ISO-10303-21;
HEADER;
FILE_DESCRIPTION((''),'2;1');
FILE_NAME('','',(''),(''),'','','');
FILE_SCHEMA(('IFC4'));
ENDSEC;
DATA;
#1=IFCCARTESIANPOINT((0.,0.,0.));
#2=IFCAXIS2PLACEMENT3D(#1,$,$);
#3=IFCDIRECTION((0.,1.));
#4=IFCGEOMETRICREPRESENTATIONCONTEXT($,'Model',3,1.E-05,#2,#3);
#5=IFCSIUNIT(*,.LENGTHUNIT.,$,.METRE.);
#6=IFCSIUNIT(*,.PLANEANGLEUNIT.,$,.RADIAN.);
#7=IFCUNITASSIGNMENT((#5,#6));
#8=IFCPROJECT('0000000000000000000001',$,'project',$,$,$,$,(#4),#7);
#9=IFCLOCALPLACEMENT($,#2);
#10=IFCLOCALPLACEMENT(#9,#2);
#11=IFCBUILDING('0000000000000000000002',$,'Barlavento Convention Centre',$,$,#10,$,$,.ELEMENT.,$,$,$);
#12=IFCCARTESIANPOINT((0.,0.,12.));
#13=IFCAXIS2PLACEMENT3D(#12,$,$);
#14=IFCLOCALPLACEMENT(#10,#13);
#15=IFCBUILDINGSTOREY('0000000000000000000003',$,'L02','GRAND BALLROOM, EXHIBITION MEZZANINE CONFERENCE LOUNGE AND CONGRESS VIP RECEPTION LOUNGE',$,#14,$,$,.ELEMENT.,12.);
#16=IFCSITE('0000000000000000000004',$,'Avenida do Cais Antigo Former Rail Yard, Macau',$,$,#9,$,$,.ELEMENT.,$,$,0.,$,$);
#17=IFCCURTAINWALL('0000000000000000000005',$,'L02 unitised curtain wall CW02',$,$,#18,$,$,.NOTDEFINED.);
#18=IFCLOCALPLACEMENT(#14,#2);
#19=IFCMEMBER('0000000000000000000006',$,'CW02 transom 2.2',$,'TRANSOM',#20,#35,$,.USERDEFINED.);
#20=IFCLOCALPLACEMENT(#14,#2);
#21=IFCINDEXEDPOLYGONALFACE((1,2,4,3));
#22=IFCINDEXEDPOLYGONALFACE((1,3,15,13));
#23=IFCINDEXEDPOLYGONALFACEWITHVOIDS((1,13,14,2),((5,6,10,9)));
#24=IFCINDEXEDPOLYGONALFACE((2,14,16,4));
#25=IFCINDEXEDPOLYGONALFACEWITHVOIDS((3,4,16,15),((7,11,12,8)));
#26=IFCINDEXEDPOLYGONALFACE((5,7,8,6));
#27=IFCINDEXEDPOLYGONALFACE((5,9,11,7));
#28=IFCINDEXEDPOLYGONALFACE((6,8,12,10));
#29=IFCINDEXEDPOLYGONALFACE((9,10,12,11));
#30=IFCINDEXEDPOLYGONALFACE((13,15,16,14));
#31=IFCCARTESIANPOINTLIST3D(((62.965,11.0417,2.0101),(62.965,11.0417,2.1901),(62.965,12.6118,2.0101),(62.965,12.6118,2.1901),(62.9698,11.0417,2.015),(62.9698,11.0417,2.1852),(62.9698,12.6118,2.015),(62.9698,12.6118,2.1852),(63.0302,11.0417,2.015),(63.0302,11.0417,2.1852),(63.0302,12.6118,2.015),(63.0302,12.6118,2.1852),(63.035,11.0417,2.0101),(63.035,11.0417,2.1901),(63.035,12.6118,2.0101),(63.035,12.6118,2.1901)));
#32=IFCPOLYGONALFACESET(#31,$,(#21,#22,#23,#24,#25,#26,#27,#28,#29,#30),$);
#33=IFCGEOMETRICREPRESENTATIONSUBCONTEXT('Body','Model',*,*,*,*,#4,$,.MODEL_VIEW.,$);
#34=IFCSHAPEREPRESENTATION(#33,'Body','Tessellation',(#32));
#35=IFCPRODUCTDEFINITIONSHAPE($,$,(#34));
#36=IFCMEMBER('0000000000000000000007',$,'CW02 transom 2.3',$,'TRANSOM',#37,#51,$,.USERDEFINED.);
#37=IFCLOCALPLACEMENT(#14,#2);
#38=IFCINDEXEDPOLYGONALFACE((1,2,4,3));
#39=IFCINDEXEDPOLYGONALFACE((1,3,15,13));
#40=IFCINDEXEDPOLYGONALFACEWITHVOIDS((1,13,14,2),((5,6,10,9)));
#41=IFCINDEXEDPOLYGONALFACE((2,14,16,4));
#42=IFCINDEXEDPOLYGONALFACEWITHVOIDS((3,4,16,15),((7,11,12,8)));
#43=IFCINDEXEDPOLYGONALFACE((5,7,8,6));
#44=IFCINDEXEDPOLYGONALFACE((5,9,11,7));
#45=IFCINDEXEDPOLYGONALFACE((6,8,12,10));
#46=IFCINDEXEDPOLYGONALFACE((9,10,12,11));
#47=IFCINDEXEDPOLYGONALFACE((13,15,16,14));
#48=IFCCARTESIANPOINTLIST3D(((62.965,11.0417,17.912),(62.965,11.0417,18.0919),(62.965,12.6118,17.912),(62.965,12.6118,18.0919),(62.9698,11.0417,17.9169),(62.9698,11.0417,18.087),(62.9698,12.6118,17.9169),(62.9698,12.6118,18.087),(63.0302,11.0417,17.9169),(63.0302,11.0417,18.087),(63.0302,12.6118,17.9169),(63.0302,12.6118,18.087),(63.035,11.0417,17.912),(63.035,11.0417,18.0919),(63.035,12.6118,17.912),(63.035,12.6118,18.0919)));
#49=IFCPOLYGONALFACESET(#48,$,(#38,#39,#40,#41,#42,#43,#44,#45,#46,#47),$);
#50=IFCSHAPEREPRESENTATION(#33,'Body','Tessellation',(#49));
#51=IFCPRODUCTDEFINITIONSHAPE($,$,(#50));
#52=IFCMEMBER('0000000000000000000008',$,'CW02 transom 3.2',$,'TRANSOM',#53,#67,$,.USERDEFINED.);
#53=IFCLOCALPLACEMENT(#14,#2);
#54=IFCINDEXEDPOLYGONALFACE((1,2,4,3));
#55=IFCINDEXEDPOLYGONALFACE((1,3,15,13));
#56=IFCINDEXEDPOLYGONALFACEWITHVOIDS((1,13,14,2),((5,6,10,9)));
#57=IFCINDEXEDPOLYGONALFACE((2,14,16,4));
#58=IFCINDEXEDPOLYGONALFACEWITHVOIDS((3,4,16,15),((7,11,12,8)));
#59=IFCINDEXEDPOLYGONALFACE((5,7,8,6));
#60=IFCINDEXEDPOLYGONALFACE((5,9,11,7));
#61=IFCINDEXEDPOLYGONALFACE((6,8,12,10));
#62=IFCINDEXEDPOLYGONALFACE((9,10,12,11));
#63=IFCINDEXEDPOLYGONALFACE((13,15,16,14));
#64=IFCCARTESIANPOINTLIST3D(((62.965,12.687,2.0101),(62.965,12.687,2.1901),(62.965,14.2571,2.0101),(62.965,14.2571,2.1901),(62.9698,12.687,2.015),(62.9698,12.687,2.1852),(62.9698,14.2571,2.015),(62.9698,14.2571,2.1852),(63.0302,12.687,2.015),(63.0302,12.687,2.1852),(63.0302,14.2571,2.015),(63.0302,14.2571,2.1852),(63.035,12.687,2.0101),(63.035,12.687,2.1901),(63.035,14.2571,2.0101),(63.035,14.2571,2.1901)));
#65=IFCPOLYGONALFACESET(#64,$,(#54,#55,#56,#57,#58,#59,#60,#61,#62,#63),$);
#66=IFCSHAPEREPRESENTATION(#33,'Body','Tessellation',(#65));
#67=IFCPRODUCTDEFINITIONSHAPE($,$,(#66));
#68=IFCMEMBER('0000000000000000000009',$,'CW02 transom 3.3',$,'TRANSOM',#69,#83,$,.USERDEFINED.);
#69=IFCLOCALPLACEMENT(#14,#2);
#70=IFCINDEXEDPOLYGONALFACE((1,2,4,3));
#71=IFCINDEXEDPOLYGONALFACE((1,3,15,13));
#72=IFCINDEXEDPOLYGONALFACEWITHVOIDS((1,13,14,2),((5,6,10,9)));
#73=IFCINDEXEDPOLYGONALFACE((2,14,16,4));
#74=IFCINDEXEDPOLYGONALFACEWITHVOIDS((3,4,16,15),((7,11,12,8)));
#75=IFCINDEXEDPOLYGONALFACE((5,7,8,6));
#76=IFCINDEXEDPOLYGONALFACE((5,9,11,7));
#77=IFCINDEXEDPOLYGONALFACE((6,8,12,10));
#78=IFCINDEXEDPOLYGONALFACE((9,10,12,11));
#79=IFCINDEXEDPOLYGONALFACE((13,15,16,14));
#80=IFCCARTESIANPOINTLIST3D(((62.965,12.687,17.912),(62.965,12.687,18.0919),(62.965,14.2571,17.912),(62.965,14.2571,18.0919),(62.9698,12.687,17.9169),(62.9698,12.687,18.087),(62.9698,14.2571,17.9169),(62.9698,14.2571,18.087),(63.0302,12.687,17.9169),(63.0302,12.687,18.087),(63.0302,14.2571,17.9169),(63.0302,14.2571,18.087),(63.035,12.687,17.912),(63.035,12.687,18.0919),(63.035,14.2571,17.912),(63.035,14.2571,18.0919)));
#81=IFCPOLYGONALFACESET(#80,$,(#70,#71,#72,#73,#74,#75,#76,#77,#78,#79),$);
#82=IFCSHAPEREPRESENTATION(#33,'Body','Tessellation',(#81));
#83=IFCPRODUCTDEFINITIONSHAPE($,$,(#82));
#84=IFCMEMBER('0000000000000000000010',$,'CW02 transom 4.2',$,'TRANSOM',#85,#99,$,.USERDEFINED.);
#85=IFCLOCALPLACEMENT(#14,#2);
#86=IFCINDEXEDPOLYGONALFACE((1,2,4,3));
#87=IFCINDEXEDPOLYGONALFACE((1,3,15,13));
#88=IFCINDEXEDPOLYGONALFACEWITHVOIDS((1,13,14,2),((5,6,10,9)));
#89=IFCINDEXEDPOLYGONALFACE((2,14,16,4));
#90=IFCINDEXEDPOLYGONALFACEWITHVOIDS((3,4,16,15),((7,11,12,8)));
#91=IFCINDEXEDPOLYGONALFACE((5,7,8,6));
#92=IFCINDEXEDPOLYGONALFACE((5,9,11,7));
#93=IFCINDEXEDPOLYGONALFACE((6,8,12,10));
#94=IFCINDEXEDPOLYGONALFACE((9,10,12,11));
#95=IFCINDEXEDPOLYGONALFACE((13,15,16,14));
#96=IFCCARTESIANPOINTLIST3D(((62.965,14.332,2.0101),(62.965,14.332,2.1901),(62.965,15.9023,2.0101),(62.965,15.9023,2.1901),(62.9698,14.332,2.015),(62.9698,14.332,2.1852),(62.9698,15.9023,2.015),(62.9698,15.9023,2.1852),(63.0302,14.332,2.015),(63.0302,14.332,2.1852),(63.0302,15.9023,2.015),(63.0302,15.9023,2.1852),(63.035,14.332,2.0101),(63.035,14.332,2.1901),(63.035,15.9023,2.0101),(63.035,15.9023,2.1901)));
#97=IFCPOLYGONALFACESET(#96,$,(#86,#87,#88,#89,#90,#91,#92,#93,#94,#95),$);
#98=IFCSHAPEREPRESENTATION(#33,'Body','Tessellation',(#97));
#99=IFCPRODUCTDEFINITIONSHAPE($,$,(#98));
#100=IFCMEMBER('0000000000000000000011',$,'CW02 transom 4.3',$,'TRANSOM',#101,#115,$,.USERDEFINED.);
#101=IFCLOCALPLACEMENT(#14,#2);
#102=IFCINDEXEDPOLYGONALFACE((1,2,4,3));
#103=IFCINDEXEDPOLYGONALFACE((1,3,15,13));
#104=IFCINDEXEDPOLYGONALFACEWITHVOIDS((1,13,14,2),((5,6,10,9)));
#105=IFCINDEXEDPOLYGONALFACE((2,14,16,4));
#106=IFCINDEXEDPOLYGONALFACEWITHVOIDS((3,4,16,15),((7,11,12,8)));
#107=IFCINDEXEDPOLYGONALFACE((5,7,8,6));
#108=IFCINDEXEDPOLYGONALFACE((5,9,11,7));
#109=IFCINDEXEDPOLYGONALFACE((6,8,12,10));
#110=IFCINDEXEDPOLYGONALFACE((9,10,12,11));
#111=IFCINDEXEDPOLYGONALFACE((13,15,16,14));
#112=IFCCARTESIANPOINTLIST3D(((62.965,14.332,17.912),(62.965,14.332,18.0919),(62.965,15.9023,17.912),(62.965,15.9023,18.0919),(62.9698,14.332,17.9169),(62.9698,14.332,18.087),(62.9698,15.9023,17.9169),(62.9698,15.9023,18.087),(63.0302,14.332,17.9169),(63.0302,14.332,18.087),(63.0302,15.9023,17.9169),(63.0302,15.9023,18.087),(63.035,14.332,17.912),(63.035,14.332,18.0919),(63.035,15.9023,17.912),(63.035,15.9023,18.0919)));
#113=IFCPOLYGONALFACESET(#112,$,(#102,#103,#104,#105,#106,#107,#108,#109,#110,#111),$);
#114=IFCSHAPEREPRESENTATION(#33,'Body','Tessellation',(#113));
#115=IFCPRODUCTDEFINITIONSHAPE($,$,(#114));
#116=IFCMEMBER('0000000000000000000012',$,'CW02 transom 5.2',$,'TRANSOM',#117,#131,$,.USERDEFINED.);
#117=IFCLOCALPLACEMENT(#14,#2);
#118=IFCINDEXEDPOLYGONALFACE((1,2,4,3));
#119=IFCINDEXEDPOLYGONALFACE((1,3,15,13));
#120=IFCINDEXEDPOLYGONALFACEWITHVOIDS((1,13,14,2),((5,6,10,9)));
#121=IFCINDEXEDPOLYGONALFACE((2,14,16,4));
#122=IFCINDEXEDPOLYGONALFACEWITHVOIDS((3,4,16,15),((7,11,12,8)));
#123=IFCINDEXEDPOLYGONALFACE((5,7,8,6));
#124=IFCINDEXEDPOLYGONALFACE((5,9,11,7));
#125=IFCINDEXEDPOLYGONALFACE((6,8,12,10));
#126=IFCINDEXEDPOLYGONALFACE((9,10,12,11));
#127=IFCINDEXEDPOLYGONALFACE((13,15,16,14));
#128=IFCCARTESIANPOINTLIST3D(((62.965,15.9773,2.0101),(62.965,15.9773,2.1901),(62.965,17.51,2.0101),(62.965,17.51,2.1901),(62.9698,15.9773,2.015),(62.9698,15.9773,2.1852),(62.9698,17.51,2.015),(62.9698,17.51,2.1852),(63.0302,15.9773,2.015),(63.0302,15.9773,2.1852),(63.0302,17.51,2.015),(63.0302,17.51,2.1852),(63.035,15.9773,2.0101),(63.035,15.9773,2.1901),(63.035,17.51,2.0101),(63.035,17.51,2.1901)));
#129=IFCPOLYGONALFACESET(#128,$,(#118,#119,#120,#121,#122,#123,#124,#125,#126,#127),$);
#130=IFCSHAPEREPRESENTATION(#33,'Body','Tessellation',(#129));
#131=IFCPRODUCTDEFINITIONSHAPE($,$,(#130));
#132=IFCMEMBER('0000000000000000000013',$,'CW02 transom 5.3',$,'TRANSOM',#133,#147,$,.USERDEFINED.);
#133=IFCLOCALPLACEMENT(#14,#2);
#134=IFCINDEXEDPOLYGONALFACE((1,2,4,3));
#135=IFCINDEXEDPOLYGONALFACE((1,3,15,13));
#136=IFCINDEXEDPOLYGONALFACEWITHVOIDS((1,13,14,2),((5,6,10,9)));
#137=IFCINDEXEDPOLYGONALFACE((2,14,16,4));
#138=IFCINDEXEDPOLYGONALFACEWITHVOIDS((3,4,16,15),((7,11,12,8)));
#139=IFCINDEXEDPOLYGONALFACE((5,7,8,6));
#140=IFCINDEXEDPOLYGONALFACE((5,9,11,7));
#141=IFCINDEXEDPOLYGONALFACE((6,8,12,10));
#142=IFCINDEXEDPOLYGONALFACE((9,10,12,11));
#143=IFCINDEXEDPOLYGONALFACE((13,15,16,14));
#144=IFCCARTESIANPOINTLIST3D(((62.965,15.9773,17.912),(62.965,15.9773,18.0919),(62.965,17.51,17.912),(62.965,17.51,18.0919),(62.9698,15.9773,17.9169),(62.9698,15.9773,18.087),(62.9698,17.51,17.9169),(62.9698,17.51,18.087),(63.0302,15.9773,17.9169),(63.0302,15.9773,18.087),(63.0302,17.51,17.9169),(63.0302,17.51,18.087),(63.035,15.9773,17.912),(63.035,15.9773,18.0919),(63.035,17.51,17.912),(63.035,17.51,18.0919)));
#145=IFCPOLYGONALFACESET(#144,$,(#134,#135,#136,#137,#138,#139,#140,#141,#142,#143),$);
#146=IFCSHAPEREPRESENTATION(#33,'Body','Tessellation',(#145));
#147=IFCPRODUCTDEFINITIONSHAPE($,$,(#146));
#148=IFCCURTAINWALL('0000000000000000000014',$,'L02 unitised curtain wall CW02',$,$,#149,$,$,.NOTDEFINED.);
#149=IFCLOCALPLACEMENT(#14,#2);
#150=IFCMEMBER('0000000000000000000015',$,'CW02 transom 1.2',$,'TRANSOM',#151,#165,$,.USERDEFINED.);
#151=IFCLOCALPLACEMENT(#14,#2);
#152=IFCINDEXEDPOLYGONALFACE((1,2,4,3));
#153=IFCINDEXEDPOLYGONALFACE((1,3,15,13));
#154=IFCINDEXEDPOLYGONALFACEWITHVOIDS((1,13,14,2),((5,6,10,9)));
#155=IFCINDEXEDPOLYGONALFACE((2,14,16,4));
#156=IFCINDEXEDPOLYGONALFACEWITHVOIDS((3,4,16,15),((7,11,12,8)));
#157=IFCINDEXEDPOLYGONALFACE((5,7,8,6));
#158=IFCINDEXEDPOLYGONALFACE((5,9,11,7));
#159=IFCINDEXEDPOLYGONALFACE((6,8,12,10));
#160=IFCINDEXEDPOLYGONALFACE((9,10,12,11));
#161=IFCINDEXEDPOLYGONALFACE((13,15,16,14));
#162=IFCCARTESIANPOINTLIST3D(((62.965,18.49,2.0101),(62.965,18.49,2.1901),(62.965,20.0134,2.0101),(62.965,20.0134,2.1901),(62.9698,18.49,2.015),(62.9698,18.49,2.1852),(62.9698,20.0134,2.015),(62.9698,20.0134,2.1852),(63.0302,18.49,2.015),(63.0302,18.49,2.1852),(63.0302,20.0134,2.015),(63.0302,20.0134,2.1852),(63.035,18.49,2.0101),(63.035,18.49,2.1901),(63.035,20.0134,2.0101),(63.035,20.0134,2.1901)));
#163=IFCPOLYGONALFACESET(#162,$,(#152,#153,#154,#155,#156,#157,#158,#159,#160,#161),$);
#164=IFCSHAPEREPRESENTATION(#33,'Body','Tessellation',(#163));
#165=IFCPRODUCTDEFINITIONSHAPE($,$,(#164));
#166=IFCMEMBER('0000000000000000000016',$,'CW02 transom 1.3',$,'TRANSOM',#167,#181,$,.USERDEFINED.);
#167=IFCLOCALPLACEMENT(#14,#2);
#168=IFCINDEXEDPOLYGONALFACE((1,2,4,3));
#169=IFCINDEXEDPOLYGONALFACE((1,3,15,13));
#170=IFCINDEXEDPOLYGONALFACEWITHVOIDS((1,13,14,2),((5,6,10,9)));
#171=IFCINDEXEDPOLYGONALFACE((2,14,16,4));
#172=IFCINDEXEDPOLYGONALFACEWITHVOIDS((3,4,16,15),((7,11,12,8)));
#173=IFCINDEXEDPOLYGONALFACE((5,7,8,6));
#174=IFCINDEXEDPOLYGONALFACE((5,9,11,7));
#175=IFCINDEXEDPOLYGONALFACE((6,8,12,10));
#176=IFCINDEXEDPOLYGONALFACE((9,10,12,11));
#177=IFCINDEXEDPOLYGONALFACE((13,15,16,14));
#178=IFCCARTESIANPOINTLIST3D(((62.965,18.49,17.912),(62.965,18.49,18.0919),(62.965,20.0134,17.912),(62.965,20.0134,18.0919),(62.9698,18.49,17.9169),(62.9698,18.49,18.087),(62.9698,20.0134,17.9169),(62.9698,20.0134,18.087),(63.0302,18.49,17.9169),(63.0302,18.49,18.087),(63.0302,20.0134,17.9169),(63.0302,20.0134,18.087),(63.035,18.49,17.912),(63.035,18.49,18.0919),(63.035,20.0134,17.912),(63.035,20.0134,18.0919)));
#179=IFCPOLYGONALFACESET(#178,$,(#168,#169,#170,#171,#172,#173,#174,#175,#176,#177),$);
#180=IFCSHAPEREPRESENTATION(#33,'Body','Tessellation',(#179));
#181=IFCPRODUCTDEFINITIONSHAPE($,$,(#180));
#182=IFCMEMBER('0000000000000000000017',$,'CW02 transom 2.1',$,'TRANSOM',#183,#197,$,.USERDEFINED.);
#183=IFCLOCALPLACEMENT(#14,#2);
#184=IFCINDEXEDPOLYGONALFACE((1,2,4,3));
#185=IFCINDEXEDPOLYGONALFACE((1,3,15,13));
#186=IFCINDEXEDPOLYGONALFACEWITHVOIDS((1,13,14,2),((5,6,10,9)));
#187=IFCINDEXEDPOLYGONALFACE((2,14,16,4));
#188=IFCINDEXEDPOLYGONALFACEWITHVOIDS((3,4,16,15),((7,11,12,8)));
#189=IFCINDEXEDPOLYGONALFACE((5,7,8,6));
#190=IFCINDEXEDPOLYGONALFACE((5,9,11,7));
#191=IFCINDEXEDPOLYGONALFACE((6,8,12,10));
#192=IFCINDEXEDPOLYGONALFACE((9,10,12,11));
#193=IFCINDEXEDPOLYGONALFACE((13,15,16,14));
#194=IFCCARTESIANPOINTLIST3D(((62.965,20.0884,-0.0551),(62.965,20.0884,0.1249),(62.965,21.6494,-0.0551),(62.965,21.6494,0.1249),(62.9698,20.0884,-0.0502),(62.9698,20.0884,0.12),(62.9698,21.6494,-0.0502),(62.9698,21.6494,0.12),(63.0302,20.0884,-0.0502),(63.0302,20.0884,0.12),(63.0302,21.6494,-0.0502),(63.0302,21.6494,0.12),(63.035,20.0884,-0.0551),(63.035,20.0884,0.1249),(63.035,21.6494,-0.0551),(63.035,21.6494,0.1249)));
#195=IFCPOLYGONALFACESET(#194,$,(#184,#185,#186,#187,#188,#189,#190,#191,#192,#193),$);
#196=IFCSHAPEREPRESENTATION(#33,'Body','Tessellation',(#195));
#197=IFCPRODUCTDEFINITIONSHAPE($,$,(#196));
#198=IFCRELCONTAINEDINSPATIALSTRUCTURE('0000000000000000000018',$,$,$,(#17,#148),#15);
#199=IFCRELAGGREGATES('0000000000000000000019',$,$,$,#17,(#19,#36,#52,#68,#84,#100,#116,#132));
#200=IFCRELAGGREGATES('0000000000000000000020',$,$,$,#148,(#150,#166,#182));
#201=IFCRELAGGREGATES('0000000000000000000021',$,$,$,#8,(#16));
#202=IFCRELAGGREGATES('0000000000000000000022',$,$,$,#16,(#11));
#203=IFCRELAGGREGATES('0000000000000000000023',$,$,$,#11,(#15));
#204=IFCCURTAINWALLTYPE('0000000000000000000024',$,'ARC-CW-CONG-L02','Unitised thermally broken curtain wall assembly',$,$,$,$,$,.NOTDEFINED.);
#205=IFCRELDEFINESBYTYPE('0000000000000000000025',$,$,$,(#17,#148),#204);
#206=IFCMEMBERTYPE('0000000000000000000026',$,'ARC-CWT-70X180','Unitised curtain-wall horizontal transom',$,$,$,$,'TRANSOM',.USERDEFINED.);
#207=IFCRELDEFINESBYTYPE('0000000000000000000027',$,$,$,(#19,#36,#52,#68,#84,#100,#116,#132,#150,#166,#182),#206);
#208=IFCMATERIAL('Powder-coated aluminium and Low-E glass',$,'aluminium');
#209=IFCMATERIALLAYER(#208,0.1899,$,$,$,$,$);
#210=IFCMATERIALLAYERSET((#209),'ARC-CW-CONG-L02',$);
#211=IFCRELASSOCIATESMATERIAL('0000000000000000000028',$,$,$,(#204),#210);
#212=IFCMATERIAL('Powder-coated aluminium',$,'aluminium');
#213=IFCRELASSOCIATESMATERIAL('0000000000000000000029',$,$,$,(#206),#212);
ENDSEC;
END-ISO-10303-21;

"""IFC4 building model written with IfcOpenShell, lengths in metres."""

from ifc_helpers import new_model, si_unit, direction, frame, origin, origin_2d, place, context, subcontext, project, spatial, hollow_rectangle, extrude, material, layer, layer_set, material_profile, profile_set, type_object, element, aggregate, save


model = new_model("IFC4")

# Units and contexts
model_context = context("Model", 3, precision=1e-05, world=origin(), true_north=direction((0.0, 1.0)))
body_context = subcontext(model_context, "Body", "Model", "MODEL_VIEW")
ifc_project = project(units=[si_unit("LENGTHUNIT", "METRE"), si_unit("PLANEANGLEUNIT", "RADIAN")], contexts=[model_context])

# Site, building, storey
site_placement = place(None, origin())
site = spatial("IfcSite", under=ifc_project, at=site_placement, Name="Avenida do Cais Antigo Former Rail Yard, Macau", CompositionType="ELEMENT", RefElevation=0.0)
building_placement = place(site_placement, origin())
building = spatial("IfcBuilding", under=site, at=building_placement, Name="Barlavento Convention Centre", CompositionType="ELEMENT")
storey_placement = place(building_placement, frame((0.0, 0.0, 12.0)))
storey = spatial("IfcBuildingStorey", under=building, at=storey_placement, Name="L02", Description="GRAND BALLROOM, EXHIBITION MEZZANINE CONFERENCE LOUNGE AND CONGRESS VIP RECEPTION LOUNGE", CompositionType="ELEMENT", Elevation=12.0)

# Curtain walls, members
ifc_material_1 = material(Name="Powder-coated aluminium and Low-E glass", Category="aluminium")
ifc_layer_1 = layer(ifc_material_1, 0.1899)
ifc_layer_set_1 = layer_set([ifc_layer_1], Name="ARC-CW-CONG-L02")
curtain_wall_type = type_object("IfcCurtainWallType", Name="ARC-CW-CONG-L02", Description="Unitised thermally broken curtain wall assembly", PredefinedType="NOTDEFINED", material=ifc_layer_set_1)
curtain_wall_1_placement = place(storey_placement, origin())
curtain_wall_1 = element("IfcCurtainWall", 1, at=curtain_wall_1_placement, inside=storey, type_object=curtain_wall_type, Name="L02 unitised curtain wall CW02", PredefinedType="NOTDEFINED")
ifc_material_2 = material(Name="Powder-coated aluminium", Category="aluminium")
ifc_material_profile = material_profile(ifc_material_2, hollow_rectangle(XDim=0.0701, YDim=0.1799, WallThickness=0.0049, at=origin_2d()), Name="AL-TRAN 70x180x5")
ifc_profile_set = profile_set([ifc_material_profile], Name="Powder-coated aluminium")
member_type = type_object("IfcMemberType", Name="ARC-CWT-70X180", Description="Unitised curtain-wall horizontal transom", ElementType="TRANSOM", PredefinedType="USERDEFINED", material=ifc_profile_set)
member_1_placement = place(storey_placement, frame((63.0, 11.0417, 2.1001), z_axis=(0.0, 1.0, 0.0), x_axis=(-1.0, 0.0, 0.0)))
member_1 = element("IfcMember", 2, at=member_1_placement, type_object=member_type, Name="CW02 transom 2.2", ObjectType="TRANSOM", PredefinedType="USERDEFINED", context=body_context, shape_type="SweptSolid", body=[
    extrude(hollow_rectangle(XDim=0.0701, YDim=0.1799, WallThickness=0.0049, at=origin_2d()), origin(), (0.0, 0.0, 1.0), 1.5701),
])
member_2_placement = place(storey_placement, frame((63.0, 11.0417, 18.002), z_axis=(0.0, 1.0, 0.0), x_axis=(-1.0, 0.0, 0.0)))
member_2 = element("IfcMember", 3, at=member_2_placement, type_object=member_type, Name="CW02 transom 2.3", ObjectType="TRANSOM", PredefinedType="USERDEFINED", context=body_context, shape_type="SweptSolid", body=[
    extrude(hollow_rectangle(XDim=0.0701, YDim=0.1799, WallThickness=0.0049, at=origin_2d()), origin(), (0.0, 0.0, 1.0), 1.5701),
])
member_3_placement = place(storey_placement, frame((63.0, 12.687, 2.1001), z_axis=(0.0, 1.0, 0.0), x_axis=(-1.0, 0.0, 0.0)))
member_3 = element("IfcMember", 4, at=member_3_placement, type_object=member_type, Name="CW02 transom 3.2", ObjectType="TRANSOM", PredefinedType="USERDEFINED", context=body_context, shape_type="SweptSolid", body=[
    extrude(hollow_rectangle(XDim=0.0701, YDim=0.1799, WallThickness=0.0049, at=origin_2d()), origin(), (0.0, 0.0, 1.0), 1.5701),
])
member_4_placement = place(storey_placement, frame((63.0, 12.687, 18.002), z_axis=(0.0, 1.0, 0.0), x_axis=(-1.0, 0.0, 0.0)))
member_4 = element("IfcMember", 5, at=member_4_placement, type_object=member_type, Name="CW02 transom 3.3", ObjectType="TRANSOM", PredefinedType="USERDEFINED", context=body_context, shape_type="SweptSolid", body=[
    extrude(hollow_rectangle(XDim=0.0701, YDim=0.1799, WallThickness=0.0049, at=origin_2d()), origin(), (0.0, 0.0, 1.0), 1.5701),
])
member_5_placement = place(storey_placement, frame((63.0, 14.332, 2.1001), z_axis=(0.0, 1.0, 0.0), x_axis=(-1.0, 0.0, 0.0)))
member_5 = element("IfcMember", 6, at=member_5_placement, type_object=member_type, Name="CW02 transom 4.2", ObjectType="TRANSOM", PredefinedType="USERDEFINED", context=body_context, shape_type="SweptSolid", body=[
    extrude(hollow_rectangle(XDim=0.0701, YDim=0.1799, WallThickness=0.0049, at=origin_2d()), origin(), (0.0, 0.0, 1.0), 1.5703),
])
member_6_placement = place(storey_placement, frame((63.0, 14.332, 18.002), z_axis=(0.0, 1.0, 0.0), x_axis=(-1.0, 0.0, 0.0)))
member_6 = element("IfcMember", 7, at=member_6_placement, type_object=member_type, Name="CW02 transom 4.3", ObjectType="TRANSOM", PredefinedType="USERDEFINED", context=body_context, shape_type="SweptSolid", body=[
    extrude(hollow_rectangle(XDim=0.0701, YDim=0.1799, WallThickness=0.0049, at=origin_2d()), origin(), (0.0, 0.0, 1.0), 1.5703),
])
member_7_placement = place(storey_placement, frame((63.0, 15.9773, 2.1001), z_axis=(0.0, 1.0, 0.0), x_axis=(-1.0, 0.0, 0.0)))
member_7 = element("IfcMember", 8, at=member_7_placement, type_object=member_type, Name="CW02 transom 5.2", ObjectType="TRANSOM", PredefinedType="USERDEFINED", context=body_context, shape_type="SweptSolid", body=[
    extrude(hollow_rectangle(XDim=0.0701, YDim=0.1799, WallThickness=0.0049, at=origin_2d()), origin(), (0.0, 0.0, 1.0), 1.5327),
])
member_8_placement = place(storey_placement, frame((63.0, 15.9773, 18.002), z_axis=(0.0, 1.0, 0.0), x_axis=(-1.0, 0.0, 0.0)))
member_8 = element("IfcMember", 9, at=member_8_placement, type_object=member_type, Name="CW02 transom 5.3", ObjectType="TRANSOM", PredefinedType="USERDEFINED", context=body_context, shape_type="SweptSolid", body=[
    extrude(hollow_rectangle(XDim=0.0701, YDim=0.1799, WallThickness=0.0049, at=origin_2d()), origin(), (0.0, 0.0, 1.0), 1.5327),
])
curtain_wall_2_placement = place(storey_placement, origin())
curtain_wall_2 = element("IfcCurtainWall", 10, at=curtain_wall_2_placement, inside=storey, type_object=curtain_wall_type, Name="L02 unitised curtain wall CW02", PredefinedType="NOTDEFINED")
member_9_placement = place(storey_placement, frame((63.0, 18.49, 2.1001), z_axis=(0.0, 1.0, 0.0), x_axis=(-1.0, 0.0, 0.0)))
member_9 = element("IfcMember", 11, at=member_9_placement, type_object=member_type, Name="CW02 transom 1.2", ObjectType="TRANSOM", PredefinedType="USERDEFINED", context=body_context, shape_type="SweptSolid", body=[
    extrude(hollow_rectangle(XDim=0.0701, YDim=0.1799, WallThickness=0.0049, at=origin_2d()), origin(), (0.0, 0.0, 1.0), 1.5234),
])
member_10_placement = place(storey_placement, frame((63.0, 18.49, 18.002), z_axis=(0.0, 1.0, 0.0), x_axis=(-1.0, 0.0, 0.0)))
member_10 = element("IfcMember", 12, at=member_10_placement, type_object=member_type, Name="CW02 transom 1.3", ObjectType="TRANSOM", PredefinedType="USERDEFINED", context=body_context, shape_type="SweptSolid", body=[
    extrude(hollow_rectangle(XDim=0.0701, YDim=0.1799, WallThickness=0.0049, at=origin_2d()), origin(), (0.0, 0.0, 1.0), 1.5234),
])
member_11_placement = place(storey_placement, frame((63.0, 20.0884, 0.0349), z_axis=(0.0, 1.0, 0.0), x_axis=(-1.0, 0.0, 0.0)))
member_11 = element("IfcMember", 13, at=member_11_placement, type_object=member_type, Name="CW02 transom 2.1", ObjectType="TRANSOM", PredefinedType="USERDEFINED", context=body_context, shape_type="SweptSolid", body=[
    extrude(hollow_rectangle(XDim=0.0701, YDim=0.1799, WallThickness=0.0049, at=origin_2d()), origin(), (0.0, 0.0, 1.0), 1.561),
])

aggregate(curtain_wall_1, [member_1, member_2, member_3, member_4, member_5, member_6, member_7, member_8])
aggregate(curtain_wall_2, [member_9, member_10, member_11])

save(model, "model.ifc")
